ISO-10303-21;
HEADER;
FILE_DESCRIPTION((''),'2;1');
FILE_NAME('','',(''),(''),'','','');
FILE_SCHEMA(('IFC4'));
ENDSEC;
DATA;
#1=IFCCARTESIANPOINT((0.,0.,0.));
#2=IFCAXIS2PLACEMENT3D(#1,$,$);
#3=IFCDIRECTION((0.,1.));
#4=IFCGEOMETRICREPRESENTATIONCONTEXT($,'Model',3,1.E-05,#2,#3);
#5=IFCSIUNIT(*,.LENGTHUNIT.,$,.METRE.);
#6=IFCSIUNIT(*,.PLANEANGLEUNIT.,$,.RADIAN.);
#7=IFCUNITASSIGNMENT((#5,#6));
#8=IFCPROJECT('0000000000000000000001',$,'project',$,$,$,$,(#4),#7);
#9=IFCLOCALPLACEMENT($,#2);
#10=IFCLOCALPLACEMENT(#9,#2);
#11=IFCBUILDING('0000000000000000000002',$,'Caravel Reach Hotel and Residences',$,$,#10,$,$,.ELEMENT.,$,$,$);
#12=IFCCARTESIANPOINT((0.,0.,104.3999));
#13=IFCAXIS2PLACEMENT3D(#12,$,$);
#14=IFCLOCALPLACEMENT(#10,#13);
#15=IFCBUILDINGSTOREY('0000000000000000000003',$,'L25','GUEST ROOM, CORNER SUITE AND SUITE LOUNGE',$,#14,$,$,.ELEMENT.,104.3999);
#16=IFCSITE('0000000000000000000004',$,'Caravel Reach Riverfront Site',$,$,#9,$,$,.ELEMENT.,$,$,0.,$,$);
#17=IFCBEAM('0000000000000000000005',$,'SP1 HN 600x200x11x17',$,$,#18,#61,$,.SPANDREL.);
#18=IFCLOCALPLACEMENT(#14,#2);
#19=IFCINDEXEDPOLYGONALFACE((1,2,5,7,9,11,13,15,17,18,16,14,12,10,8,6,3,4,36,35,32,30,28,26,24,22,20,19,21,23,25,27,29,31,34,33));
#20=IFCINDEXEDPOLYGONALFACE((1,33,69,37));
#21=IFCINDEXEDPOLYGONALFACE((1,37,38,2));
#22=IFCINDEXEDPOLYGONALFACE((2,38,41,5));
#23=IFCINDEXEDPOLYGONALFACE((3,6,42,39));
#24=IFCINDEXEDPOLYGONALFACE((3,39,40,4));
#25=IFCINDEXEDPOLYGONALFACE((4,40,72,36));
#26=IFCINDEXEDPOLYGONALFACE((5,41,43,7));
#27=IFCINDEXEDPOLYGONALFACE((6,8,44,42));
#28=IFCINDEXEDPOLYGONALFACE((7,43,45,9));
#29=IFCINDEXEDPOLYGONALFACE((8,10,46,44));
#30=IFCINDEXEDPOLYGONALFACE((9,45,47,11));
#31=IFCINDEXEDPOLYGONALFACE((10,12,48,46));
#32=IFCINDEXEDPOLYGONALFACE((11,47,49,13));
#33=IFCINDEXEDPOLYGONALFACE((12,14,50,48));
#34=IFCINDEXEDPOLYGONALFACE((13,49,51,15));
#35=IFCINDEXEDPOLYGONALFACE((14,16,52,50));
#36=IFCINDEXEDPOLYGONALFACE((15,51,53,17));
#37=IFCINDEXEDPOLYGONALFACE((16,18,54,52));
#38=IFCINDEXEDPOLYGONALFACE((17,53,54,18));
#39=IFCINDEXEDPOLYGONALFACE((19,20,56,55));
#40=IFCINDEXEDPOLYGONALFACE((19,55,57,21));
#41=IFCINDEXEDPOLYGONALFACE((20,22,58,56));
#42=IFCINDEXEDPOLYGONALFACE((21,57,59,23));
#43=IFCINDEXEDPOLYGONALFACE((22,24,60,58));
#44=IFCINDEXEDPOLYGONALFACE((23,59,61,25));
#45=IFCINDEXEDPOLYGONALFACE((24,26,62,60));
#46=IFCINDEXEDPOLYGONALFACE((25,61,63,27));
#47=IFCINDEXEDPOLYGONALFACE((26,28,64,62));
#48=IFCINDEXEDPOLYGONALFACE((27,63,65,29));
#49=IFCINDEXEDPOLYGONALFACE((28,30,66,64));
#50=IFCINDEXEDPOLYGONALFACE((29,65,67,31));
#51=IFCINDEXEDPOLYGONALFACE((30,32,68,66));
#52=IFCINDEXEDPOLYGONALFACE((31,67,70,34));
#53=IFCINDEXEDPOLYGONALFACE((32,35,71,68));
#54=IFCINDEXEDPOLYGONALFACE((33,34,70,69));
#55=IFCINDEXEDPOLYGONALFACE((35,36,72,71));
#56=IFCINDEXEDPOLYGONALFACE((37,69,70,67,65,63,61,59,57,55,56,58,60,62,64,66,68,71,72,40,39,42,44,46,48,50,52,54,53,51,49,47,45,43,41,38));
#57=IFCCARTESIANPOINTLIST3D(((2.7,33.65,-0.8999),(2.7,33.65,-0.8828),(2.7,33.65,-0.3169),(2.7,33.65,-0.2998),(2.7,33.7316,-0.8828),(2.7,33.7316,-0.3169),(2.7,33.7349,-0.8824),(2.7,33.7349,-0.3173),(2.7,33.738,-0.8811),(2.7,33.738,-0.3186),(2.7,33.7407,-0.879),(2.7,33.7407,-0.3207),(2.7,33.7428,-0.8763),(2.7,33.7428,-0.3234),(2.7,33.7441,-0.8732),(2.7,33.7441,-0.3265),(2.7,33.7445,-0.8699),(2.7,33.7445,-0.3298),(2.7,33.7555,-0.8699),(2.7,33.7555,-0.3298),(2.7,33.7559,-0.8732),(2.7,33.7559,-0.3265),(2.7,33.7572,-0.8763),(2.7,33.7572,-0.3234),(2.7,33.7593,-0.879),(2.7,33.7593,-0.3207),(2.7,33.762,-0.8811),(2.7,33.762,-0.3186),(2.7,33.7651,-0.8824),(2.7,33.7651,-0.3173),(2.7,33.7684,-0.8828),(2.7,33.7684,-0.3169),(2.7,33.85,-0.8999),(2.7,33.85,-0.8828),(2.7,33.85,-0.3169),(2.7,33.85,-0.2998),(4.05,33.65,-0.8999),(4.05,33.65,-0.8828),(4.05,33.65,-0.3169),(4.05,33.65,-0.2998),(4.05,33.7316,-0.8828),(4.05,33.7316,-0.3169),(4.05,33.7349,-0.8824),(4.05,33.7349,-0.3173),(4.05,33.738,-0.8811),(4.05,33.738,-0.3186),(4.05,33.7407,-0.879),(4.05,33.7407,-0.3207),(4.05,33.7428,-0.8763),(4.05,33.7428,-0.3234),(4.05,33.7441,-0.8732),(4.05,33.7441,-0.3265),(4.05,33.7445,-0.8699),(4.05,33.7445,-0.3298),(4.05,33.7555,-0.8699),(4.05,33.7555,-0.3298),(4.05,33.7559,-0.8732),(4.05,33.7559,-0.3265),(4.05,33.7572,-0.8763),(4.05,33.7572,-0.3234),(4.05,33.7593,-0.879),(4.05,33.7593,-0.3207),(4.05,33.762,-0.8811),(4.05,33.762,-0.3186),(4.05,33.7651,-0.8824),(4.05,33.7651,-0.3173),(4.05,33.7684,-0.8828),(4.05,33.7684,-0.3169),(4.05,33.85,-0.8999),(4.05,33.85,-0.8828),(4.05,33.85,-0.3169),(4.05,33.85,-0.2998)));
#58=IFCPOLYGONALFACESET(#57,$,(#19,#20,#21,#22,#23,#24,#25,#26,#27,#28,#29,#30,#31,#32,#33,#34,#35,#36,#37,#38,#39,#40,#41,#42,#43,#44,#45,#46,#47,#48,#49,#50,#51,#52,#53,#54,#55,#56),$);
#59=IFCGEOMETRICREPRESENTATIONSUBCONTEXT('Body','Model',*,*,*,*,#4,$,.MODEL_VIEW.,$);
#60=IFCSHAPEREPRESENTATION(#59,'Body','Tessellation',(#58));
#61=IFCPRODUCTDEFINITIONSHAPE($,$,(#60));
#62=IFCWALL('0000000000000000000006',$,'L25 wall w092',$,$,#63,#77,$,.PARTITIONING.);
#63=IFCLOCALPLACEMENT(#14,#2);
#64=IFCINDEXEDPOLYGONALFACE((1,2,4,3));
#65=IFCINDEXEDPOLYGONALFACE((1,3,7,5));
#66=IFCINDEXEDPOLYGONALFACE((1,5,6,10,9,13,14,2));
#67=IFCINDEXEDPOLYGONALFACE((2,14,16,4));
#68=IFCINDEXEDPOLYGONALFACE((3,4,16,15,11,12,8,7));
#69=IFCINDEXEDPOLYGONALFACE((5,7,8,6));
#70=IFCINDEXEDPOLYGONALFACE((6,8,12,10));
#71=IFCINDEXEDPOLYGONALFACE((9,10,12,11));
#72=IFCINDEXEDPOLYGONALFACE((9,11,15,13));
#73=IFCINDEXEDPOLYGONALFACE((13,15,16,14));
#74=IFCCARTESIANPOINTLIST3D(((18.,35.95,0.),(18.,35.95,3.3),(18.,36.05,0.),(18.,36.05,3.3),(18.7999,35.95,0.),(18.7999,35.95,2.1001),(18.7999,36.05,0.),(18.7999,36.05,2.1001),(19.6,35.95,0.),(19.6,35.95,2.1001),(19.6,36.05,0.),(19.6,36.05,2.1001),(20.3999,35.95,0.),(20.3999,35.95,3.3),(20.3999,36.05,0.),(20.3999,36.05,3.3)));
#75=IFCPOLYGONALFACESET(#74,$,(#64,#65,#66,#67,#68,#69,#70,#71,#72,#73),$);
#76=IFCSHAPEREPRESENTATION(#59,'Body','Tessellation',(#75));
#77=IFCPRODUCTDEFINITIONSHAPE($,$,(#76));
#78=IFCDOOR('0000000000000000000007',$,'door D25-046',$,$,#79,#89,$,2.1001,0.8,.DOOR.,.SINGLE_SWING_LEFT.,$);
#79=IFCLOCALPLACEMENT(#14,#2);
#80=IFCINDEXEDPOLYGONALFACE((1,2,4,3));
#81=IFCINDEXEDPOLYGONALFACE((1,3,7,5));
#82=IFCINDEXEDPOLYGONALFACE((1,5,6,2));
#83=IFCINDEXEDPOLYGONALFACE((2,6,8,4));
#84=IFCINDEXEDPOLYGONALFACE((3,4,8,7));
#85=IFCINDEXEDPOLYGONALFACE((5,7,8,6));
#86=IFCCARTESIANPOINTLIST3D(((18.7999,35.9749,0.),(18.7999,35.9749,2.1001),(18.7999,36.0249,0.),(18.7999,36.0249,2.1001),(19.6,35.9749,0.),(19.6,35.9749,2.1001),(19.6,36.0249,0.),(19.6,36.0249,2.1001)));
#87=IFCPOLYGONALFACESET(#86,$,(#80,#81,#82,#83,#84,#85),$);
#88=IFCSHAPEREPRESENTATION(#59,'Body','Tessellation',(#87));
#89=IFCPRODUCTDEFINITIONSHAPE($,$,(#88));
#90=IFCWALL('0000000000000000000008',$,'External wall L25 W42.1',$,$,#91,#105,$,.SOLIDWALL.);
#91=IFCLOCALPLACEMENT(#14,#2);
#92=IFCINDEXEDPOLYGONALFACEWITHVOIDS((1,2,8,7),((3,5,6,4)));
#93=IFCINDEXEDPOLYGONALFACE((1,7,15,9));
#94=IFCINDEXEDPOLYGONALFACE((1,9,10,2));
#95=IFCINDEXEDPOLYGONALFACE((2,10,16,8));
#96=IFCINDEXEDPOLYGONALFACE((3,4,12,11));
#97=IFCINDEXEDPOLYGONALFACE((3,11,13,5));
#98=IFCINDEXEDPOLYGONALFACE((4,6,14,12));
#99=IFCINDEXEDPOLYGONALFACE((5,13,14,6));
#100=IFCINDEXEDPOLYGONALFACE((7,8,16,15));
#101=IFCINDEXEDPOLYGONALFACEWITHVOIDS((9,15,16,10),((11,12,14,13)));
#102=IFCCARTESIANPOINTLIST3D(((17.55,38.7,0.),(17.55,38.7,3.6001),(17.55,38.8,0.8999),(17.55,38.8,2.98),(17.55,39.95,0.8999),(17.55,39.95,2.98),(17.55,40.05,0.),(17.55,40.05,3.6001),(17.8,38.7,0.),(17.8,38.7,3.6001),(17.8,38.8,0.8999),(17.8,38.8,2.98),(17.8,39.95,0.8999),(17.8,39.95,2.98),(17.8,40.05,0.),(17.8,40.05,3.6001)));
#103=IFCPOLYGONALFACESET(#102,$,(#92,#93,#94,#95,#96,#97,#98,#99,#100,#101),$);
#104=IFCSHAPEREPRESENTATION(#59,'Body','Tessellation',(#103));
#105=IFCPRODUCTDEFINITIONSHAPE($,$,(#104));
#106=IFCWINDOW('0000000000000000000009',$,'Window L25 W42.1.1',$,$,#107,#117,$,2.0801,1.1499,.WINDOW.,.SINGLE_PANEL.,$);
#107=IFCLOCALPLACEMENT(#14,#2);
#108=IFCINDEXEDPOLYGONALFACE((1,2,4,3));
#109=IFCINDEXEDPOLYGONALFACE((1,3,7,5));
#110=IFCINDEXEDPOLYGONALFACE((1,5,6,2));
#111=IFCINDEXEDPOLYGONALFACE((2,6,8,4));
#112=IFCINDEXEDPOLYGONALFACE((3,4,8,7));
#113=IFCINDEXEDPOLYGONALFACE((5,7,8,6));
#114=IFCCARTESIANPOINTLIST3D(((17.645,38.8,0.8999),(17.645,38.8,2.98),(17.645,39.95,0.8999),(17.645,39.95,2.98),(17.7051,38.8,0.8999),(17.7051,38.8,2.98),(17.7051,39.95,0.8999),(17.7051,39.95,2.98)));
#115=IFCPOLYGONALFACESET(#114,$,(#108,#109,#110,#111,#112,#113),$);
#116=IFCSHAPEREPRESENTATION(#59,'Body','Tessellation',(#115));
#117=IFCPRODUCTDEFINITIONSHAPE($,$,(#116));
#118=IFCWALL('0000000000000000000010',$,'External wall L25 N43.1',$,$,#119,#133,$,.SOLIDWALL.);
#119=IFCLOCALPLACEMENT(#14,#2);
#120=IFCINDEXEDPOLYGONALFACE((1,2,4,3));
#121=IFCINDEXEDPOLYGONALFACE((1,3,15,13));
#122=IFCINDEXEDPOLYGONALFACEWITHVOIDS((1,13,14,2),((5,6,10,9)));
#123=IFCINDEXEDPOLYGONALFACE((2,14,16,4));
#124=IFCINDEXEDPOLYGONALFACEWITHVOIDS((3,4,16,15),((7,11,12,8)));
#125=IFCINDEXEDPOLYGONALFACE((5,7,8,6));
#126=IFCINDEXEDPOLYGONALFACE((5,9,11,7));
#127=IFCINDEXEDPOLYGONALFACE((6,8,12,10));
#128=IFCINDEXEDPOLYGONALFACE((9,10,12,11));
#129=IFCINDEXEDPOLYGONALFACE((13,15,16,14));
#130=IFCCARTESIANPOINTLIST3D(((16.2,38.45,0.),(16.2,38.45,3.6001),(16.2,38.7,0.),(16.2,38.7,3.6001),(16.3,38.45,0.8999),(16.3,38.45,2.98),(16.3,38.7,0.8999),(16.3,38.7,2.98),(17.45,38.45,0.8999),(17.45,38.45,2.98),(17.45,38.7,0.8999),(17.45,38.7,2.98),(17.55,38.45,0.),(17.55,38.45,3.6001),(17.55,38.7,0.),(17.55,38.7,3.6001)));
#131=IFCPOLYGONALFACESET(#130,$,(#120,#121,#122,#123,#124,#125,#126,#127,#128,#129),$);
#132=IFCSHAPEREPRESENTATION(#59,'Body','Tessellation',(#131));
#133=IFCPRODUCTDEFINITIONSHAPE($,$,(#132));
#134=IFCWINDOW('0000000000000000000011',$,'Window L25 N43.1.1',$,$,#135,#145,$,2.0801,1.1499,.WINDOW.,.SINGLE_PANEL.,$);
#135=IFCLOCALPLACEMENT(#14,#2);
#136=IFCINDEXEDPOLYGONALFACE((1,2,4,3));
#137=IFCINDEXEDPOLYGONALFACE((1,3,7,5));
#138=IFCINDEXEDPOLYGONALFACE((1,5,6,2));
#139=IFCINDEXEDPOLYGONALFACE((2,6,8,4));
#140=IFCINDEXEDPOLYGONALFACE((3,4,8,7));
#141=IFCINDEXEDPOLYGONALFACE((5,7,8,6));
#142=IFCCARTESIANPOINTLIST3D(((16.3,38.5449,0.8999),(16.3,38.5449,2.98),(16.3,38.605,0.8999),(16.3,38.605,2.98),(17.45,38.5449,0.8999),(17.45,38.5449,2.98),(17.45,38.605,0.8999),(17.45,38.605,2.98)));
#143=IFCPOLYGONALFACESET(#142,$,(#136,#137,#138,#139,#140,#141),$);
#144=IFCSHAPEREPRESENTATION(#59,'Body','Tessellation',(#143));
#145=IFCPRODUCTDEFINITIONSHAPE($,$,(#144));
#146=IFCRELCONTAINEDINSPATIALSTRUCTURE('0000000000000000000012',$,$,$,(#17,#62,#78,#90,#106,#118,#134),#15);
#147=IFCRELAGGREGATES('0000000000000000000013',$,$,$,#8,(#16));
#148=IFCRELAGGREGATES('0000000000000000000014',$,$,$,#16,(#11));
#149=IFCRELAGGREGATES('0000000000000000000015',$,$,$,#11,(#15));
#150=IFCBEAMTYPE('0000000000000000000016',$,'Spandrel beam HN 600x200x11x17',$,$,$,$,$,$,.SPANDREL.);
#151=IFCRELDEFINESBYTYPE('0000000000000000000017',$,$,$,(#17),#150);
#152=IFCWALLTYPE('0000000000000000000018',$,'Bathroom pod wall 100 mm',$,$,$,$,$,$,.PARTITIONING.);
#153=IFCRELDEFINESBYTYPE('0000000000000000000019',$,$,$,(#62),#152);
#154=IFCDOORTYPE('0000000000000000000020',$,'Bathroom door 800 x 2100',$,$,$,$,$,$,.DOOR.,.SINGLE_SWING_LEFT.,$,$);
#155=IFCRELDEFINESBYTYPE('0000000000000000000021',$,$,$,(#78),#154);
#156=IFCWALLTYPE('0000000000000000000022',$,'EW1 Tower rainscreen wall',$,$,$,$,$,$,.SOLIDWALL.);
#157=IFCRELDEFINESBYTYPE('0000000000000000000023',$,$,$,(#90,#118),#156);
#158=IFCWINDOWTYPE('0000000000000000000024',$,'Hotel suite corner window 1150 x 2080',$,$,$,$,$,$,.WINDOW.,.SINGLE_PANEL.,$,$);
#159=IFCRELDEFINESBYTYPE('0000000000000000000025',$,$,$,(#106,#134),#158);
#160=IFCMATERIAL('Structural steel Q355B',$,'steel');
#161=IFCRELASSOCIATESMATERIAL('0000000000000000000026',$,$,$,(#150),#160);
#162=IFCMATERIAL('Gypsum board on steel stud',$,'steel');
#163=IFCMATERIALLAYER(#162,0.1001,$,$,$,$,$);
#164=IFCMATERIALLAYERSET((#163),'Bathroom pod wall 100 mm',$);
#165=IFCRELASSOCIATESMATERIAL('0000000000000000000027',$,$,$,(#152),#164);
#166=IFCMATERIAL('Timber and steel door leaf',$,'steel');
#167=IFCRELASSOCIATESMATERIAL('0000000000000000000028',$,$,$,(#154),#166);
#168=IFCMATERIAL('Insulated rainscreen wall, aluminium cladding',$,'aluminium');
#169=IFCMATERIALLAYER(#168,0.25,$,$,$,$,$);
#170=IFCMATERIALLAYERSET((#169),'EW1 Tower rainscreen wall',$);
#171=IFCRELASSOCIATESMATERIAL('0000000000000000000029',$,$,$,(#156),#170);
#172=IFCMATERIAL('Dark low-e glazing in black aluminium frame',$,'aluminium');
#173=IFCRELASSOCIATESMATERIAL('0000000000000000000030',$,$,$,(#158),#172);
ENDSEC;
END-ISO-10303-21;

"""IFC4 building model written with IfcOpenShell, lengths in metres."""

from ifc_helpers import new_model, si_unit, direction, frame, frame_2d, origin, origin_2d, place, context, subcontext, project, spatial, rectangle, i_section, extrude, material, layer, layer_set, material_profile, profile_set, type_object, element, fill, save


model = new_model("IFC4")

# Units and contexts
model_context = context("Model", 3, precision=1e-05, world=origin(), true_north=direction((0.0, 1.0)))
body_context = subcontext(model_context, "Body", "Model", "MODEL_VIEW")
ifc_project = project(units=[si_unit("LENGTHUNIT", "METRE"), si_unit("PLANEANGLEUNIT", "RADIAN")], contexts=[model_context])

# Site, building, storey
site_placement = place(None, origin())
site = spatial("IfcSite", under=ifc_project, at=site_placement, Name="Caravel Reach Riverfront Site", CompositionType="ELEMENT", RefElevation=0.0)
building_placement = place(site_placement, origin())
building = spatial("IfcBuilding", under=site, at=building_placement, Name="Caravel Reach Hotel and Residences", CompositionType="ELEMENT")
storey_placement = place(building_placement, frame((0.0, 0.0, 104.3999)))
storey = spatial("IfcBuildingStorey", under=building, at=storey_placement, Name="L25", Description="GUEST ROOM, CORNER SUITE AND SUITE LOUNGE", CompositionType="ELEMENT", Elevation=104.3999)

# Beam
ifc_material_1 = material(Name="Structural steel Q355B", Category="steel")
ifc_material_profile_1 = material_profile(ifc_material_1, i_section(OverallWidth=0.2, OverallDepth=0.6001, WebThickness=0.011, FlangeThickness=0.0171, FilletRadius=0.0129, at=origin_2d()), Name="HN 600x200x11x17")
ifc_profile_set_1 = profile_set([ifc_material_profile_1], Name="Structural steel Q355B")
beam_type = type_object("IfcBeamType", Name="Spandrel beam HN 600x200x11x17", PredefinedType="SPANDREL", material=ifc_profile_set_1)
for number, where, z_axis, x_axis, name in (
    (1, (4.05, 33.75, -0.5999), (-1.0, 0.0, 0.0), (0.0, -1.0, 0.0), "SP1 HN 600x200x11x17"),
):
    element("IfcBeam", number, at=place(storey_placement, frame(where, z_axis=z_axis, x_axis=x_axis)), inside=storey, type_object=beam_type, Name=name, PredefinedType="SPANDREL", context=body_context, shape_type="SweptSolid", body=[
        extrude(i_section(OverallWidth=0.2, OverallDepth=0.6001, WebThickness=0.011, FlangeThickness=0.0171, FilletRadius=0.0129, at=origin_2d()), origin(), (0.0, 0.0, 1.0), 1.3501),
    ])

# Wall, opening, door
ifc_material_2 = material(Name="Gypsum board on steel stud", Category="steel")
ifc_layer_1 = layer(ifc_material_2, 0.1001)
ifc_layer_set_1 = layer_set([ifc_layer_1], Name="Bathroom pod wall 100 mm")
wall_type_1 = type_object("IfcWallType", Name="Bathroom pod wall 100 mm", PredefinedType="PARTITIONING", material=ifc_layer_set_1)
wall_1_placement = place(storey_placement, frame((18.0, 36.0, 0.0), z_axis=(0.0, 0.0, 1.0), x_axis=(1.0, 0.0, 0.0)))
wall_1 = element("IfcWall", 2, at=wall_1_placement, inside=storey, type_object=wall_type_1, Name="L25 wall w092", PredefinedType="PARTITIONING", context=body_context, shape_type="SweptSolid", body=[
    extrude(rectangle(XDim=2.3999, YDim=0.1001, at=frame_2d((1.2, 0.0))), origin(), (0.0, 0.0, 1.0), 3.3),
])
opening_1_placement = place(wall_1_placement, frame((0.8, 0.0, 0.0)))
opening_1 = element("IfcOpeningElement", 3, at=opening_1_placement, cuts=wall_1, PredefinedType="OPENING", context=body_context, shape_type="SweptSolid", body=[
    extrude(rectangle(XDim=0.8, YDim=2.1001, at=frame_2d((0.3999, 1.05))), frame((0.0, 0.0601, 0.0), z_axis=(0.0, -1.0, 0.0), x_axis=(1.0, 0.0, 0.0)), (0.0, 0.0, 1.0), 0.1201),
])
ifc_material_3 = material(Name="Timber and steel door leaf", Category="steel")
door_type = type_object("IfcDoorType", Name="Bathroom door 800 x 2100", OperationType="SINGLE_SWING_LEFT", PredefinedType="DOOR", material=ifc_material_3)
door_placement = place(opening_1_placement, origin())
door = element("IfcDoor", 4, at=door_placement, inside=storey, type_object=door_type, Name="door D25-046", OperationType="SINGLE_SWING_LEFT", OverallHeight=2.1001, OverallWidth=0.8, PredefinedType="DOOR", context=body_context, shape_type="SweptSolid", body=[
    extrude(rectangle(XDim=0.8, YDim=2.1001, at=frame_2d((0.3999, 1.05))), frame((0.0, 0.0249, 0.0), z_axis=(0.0, -1.0, 0.0), x_axis=(1.0, 0.0, 0.0)), (0.0, 0.0, 1.0), 0.05),
])
fill(opening_1, door)

# Walls, openings, windows
ifc_material_4 = material(Name="Insulated rainscreen wall, aluminium cladding", Category="aluminium")
ifc_layer_2 = layer(ifc_material_4, 0.25)
ifc_layer_set_2 = layer_set([ifc_layer_2], Name="EW1 Tower rainscreen wall")
wall_type_2 = type_object("IfcWallType", Name="EW1 Tower rainscreen wall", PredefinedType="SOLIDWALL", material=ifc_layer_set_2)
wall_2_placement = place(storey_placement, frame((17.675, 40.05, 0.0), z_axis=(0.0, 0.0, 1.0), x_axis=(0.0, -1.0, 0.0)))
wall_2 = element("IfcWall", 5, at=wall_2_placement, inside=storey, type_object=wall_type_2, Name="External wall L25 W42.1", PredefinedType="SOLIDWALL", context=body_context, shape_type="SweptSolid", body=[
    extrude(rectangle(XDim=1.3501, YDim=0.25, at=frame_2d((0.675, 0.0))), origin(), (0.0, 0.0, 1.0), 3.6001),
])
opening_2_placement = place(wall_2_placement, frame((0.1001, 0.0, 0.8999)))
opening_2 = element("IfcOpeningElement", 6, at=opening_2_placement, cuts=wall_2, PredefinedType="OPENING", context=body_context, shape_type="SweptSolid", body=[
    extrude(rectangle(XDim=1.1499, YDim=2.0801, at=frame_2d((0.575, 1.04))), frame((0.0, 0.135, 0.0), z_axis=(0.0, -1.0, 0.0), x_axis=(1.0, 0.0, 0.0)), (0.0, 0.0, 1.0), 0.27),
])
ifc_material_5 = material(Name="Dark low-e glazing in black aluminium frame", Category="aluminium")
window_type_1 = type_object("IfcWindowType", Name="Hotel suite corner window 1150 x 2080", PartitioningType="SINGLE_PANEL", PredefinedType="WINDOW", material=ifc_material_5)
window_1_placement = place(opening_2_placement, origin())
window_1 = element("IfcWindow", 7, at=window_1_placement, inside=storey, type_object=window_type_1, Name="Window L25 W42.1.1", OverallHeight=2.0801, OverallWidth=1.1499, PartitioningType="SINGLE_PANEL", PredefinedType="WINDOW", context=body_context, shape_type="SweptSolid", body=[
    extrude(rectangle(XDim=1.1499, YDim=2.0801, at=frame_2d((0.575, 1.04))), frame((0.0, 0.03, 0.0), z_axis=(0.0, -1.0, 0.0), x_axis=(1.0, 0.0, 0.0)), (0.0, 0.0, 1.0), 0.0601),
])
fill(opening_2, window_1)
wall_3_placement = place(storey_placement, frame((17.55, 38.575, 0.0), z_axis=(0.0, 0.0, 1.0), x_axis=(-1.0, 0.0, 0.0)))
wall_3 = element("IfcWall", 8, at=wall_3_placement, inside=storey, type_object=wall_type_2, Name="External wall L25 N43.1", PredefinedType="SOLIDWALL", context=body_context, shape_type="SweptSolid", body=[
    extrude(rectangle(XDim=1.3501, YDim=0.25, at=frame_2d((0.675, 0.0))), origin(), (0.0, 0.0, 1.0), 3.6001),
])
opening_3_placement = place(wall_3_placement, frame((0.1001, 0.0, 0.8999)))
opening_3 = element("IfcOpeningElement", 9, at=opening_3_placement, cuts=wall_3, PredefinedType="OPENING", context=body_context, shape_type="SweptSolid", body=[
    extrude(rectangle(XDim=1.1499, YDim=2.0801, at=frame_2d((0.575, 1.04))), frame((0.0, 0.135, 0.0), z_axis=(0.0, -1.0, 0.0), x_axis=(1.0, 0.0, 0.0)), (0.0, 0.0, 1.0), 0.27),
])
window_2_placement = place(opening_3_placement, origin())
window_2 = element("IfcWindow", 10, at=window_2_placement, inside=storey, type_object=window_type_1, Name="Window L25 N43.1.1", OverallHeight=2.0801, OverallWidth=1.1499, PartitioningType="SINGLE_PANEL", PredefinedType="WINDOW", context=body_context, shape_type="SweptSolid", body=[
    extrude(rectangle(XDim=1.1499, YDim=2.0801, at=frame_2d((0.575, 1.04))), frame((0.0, 0.03, 0.0), z_axis=(0.0, -1.0, 0.0), x_axis=(1.0, 0.0, 0.0)), (0.0, 0.0, 1.0), 0.0601),
])
fill(opening_3, window_2)

save(model, "model.ifc")
